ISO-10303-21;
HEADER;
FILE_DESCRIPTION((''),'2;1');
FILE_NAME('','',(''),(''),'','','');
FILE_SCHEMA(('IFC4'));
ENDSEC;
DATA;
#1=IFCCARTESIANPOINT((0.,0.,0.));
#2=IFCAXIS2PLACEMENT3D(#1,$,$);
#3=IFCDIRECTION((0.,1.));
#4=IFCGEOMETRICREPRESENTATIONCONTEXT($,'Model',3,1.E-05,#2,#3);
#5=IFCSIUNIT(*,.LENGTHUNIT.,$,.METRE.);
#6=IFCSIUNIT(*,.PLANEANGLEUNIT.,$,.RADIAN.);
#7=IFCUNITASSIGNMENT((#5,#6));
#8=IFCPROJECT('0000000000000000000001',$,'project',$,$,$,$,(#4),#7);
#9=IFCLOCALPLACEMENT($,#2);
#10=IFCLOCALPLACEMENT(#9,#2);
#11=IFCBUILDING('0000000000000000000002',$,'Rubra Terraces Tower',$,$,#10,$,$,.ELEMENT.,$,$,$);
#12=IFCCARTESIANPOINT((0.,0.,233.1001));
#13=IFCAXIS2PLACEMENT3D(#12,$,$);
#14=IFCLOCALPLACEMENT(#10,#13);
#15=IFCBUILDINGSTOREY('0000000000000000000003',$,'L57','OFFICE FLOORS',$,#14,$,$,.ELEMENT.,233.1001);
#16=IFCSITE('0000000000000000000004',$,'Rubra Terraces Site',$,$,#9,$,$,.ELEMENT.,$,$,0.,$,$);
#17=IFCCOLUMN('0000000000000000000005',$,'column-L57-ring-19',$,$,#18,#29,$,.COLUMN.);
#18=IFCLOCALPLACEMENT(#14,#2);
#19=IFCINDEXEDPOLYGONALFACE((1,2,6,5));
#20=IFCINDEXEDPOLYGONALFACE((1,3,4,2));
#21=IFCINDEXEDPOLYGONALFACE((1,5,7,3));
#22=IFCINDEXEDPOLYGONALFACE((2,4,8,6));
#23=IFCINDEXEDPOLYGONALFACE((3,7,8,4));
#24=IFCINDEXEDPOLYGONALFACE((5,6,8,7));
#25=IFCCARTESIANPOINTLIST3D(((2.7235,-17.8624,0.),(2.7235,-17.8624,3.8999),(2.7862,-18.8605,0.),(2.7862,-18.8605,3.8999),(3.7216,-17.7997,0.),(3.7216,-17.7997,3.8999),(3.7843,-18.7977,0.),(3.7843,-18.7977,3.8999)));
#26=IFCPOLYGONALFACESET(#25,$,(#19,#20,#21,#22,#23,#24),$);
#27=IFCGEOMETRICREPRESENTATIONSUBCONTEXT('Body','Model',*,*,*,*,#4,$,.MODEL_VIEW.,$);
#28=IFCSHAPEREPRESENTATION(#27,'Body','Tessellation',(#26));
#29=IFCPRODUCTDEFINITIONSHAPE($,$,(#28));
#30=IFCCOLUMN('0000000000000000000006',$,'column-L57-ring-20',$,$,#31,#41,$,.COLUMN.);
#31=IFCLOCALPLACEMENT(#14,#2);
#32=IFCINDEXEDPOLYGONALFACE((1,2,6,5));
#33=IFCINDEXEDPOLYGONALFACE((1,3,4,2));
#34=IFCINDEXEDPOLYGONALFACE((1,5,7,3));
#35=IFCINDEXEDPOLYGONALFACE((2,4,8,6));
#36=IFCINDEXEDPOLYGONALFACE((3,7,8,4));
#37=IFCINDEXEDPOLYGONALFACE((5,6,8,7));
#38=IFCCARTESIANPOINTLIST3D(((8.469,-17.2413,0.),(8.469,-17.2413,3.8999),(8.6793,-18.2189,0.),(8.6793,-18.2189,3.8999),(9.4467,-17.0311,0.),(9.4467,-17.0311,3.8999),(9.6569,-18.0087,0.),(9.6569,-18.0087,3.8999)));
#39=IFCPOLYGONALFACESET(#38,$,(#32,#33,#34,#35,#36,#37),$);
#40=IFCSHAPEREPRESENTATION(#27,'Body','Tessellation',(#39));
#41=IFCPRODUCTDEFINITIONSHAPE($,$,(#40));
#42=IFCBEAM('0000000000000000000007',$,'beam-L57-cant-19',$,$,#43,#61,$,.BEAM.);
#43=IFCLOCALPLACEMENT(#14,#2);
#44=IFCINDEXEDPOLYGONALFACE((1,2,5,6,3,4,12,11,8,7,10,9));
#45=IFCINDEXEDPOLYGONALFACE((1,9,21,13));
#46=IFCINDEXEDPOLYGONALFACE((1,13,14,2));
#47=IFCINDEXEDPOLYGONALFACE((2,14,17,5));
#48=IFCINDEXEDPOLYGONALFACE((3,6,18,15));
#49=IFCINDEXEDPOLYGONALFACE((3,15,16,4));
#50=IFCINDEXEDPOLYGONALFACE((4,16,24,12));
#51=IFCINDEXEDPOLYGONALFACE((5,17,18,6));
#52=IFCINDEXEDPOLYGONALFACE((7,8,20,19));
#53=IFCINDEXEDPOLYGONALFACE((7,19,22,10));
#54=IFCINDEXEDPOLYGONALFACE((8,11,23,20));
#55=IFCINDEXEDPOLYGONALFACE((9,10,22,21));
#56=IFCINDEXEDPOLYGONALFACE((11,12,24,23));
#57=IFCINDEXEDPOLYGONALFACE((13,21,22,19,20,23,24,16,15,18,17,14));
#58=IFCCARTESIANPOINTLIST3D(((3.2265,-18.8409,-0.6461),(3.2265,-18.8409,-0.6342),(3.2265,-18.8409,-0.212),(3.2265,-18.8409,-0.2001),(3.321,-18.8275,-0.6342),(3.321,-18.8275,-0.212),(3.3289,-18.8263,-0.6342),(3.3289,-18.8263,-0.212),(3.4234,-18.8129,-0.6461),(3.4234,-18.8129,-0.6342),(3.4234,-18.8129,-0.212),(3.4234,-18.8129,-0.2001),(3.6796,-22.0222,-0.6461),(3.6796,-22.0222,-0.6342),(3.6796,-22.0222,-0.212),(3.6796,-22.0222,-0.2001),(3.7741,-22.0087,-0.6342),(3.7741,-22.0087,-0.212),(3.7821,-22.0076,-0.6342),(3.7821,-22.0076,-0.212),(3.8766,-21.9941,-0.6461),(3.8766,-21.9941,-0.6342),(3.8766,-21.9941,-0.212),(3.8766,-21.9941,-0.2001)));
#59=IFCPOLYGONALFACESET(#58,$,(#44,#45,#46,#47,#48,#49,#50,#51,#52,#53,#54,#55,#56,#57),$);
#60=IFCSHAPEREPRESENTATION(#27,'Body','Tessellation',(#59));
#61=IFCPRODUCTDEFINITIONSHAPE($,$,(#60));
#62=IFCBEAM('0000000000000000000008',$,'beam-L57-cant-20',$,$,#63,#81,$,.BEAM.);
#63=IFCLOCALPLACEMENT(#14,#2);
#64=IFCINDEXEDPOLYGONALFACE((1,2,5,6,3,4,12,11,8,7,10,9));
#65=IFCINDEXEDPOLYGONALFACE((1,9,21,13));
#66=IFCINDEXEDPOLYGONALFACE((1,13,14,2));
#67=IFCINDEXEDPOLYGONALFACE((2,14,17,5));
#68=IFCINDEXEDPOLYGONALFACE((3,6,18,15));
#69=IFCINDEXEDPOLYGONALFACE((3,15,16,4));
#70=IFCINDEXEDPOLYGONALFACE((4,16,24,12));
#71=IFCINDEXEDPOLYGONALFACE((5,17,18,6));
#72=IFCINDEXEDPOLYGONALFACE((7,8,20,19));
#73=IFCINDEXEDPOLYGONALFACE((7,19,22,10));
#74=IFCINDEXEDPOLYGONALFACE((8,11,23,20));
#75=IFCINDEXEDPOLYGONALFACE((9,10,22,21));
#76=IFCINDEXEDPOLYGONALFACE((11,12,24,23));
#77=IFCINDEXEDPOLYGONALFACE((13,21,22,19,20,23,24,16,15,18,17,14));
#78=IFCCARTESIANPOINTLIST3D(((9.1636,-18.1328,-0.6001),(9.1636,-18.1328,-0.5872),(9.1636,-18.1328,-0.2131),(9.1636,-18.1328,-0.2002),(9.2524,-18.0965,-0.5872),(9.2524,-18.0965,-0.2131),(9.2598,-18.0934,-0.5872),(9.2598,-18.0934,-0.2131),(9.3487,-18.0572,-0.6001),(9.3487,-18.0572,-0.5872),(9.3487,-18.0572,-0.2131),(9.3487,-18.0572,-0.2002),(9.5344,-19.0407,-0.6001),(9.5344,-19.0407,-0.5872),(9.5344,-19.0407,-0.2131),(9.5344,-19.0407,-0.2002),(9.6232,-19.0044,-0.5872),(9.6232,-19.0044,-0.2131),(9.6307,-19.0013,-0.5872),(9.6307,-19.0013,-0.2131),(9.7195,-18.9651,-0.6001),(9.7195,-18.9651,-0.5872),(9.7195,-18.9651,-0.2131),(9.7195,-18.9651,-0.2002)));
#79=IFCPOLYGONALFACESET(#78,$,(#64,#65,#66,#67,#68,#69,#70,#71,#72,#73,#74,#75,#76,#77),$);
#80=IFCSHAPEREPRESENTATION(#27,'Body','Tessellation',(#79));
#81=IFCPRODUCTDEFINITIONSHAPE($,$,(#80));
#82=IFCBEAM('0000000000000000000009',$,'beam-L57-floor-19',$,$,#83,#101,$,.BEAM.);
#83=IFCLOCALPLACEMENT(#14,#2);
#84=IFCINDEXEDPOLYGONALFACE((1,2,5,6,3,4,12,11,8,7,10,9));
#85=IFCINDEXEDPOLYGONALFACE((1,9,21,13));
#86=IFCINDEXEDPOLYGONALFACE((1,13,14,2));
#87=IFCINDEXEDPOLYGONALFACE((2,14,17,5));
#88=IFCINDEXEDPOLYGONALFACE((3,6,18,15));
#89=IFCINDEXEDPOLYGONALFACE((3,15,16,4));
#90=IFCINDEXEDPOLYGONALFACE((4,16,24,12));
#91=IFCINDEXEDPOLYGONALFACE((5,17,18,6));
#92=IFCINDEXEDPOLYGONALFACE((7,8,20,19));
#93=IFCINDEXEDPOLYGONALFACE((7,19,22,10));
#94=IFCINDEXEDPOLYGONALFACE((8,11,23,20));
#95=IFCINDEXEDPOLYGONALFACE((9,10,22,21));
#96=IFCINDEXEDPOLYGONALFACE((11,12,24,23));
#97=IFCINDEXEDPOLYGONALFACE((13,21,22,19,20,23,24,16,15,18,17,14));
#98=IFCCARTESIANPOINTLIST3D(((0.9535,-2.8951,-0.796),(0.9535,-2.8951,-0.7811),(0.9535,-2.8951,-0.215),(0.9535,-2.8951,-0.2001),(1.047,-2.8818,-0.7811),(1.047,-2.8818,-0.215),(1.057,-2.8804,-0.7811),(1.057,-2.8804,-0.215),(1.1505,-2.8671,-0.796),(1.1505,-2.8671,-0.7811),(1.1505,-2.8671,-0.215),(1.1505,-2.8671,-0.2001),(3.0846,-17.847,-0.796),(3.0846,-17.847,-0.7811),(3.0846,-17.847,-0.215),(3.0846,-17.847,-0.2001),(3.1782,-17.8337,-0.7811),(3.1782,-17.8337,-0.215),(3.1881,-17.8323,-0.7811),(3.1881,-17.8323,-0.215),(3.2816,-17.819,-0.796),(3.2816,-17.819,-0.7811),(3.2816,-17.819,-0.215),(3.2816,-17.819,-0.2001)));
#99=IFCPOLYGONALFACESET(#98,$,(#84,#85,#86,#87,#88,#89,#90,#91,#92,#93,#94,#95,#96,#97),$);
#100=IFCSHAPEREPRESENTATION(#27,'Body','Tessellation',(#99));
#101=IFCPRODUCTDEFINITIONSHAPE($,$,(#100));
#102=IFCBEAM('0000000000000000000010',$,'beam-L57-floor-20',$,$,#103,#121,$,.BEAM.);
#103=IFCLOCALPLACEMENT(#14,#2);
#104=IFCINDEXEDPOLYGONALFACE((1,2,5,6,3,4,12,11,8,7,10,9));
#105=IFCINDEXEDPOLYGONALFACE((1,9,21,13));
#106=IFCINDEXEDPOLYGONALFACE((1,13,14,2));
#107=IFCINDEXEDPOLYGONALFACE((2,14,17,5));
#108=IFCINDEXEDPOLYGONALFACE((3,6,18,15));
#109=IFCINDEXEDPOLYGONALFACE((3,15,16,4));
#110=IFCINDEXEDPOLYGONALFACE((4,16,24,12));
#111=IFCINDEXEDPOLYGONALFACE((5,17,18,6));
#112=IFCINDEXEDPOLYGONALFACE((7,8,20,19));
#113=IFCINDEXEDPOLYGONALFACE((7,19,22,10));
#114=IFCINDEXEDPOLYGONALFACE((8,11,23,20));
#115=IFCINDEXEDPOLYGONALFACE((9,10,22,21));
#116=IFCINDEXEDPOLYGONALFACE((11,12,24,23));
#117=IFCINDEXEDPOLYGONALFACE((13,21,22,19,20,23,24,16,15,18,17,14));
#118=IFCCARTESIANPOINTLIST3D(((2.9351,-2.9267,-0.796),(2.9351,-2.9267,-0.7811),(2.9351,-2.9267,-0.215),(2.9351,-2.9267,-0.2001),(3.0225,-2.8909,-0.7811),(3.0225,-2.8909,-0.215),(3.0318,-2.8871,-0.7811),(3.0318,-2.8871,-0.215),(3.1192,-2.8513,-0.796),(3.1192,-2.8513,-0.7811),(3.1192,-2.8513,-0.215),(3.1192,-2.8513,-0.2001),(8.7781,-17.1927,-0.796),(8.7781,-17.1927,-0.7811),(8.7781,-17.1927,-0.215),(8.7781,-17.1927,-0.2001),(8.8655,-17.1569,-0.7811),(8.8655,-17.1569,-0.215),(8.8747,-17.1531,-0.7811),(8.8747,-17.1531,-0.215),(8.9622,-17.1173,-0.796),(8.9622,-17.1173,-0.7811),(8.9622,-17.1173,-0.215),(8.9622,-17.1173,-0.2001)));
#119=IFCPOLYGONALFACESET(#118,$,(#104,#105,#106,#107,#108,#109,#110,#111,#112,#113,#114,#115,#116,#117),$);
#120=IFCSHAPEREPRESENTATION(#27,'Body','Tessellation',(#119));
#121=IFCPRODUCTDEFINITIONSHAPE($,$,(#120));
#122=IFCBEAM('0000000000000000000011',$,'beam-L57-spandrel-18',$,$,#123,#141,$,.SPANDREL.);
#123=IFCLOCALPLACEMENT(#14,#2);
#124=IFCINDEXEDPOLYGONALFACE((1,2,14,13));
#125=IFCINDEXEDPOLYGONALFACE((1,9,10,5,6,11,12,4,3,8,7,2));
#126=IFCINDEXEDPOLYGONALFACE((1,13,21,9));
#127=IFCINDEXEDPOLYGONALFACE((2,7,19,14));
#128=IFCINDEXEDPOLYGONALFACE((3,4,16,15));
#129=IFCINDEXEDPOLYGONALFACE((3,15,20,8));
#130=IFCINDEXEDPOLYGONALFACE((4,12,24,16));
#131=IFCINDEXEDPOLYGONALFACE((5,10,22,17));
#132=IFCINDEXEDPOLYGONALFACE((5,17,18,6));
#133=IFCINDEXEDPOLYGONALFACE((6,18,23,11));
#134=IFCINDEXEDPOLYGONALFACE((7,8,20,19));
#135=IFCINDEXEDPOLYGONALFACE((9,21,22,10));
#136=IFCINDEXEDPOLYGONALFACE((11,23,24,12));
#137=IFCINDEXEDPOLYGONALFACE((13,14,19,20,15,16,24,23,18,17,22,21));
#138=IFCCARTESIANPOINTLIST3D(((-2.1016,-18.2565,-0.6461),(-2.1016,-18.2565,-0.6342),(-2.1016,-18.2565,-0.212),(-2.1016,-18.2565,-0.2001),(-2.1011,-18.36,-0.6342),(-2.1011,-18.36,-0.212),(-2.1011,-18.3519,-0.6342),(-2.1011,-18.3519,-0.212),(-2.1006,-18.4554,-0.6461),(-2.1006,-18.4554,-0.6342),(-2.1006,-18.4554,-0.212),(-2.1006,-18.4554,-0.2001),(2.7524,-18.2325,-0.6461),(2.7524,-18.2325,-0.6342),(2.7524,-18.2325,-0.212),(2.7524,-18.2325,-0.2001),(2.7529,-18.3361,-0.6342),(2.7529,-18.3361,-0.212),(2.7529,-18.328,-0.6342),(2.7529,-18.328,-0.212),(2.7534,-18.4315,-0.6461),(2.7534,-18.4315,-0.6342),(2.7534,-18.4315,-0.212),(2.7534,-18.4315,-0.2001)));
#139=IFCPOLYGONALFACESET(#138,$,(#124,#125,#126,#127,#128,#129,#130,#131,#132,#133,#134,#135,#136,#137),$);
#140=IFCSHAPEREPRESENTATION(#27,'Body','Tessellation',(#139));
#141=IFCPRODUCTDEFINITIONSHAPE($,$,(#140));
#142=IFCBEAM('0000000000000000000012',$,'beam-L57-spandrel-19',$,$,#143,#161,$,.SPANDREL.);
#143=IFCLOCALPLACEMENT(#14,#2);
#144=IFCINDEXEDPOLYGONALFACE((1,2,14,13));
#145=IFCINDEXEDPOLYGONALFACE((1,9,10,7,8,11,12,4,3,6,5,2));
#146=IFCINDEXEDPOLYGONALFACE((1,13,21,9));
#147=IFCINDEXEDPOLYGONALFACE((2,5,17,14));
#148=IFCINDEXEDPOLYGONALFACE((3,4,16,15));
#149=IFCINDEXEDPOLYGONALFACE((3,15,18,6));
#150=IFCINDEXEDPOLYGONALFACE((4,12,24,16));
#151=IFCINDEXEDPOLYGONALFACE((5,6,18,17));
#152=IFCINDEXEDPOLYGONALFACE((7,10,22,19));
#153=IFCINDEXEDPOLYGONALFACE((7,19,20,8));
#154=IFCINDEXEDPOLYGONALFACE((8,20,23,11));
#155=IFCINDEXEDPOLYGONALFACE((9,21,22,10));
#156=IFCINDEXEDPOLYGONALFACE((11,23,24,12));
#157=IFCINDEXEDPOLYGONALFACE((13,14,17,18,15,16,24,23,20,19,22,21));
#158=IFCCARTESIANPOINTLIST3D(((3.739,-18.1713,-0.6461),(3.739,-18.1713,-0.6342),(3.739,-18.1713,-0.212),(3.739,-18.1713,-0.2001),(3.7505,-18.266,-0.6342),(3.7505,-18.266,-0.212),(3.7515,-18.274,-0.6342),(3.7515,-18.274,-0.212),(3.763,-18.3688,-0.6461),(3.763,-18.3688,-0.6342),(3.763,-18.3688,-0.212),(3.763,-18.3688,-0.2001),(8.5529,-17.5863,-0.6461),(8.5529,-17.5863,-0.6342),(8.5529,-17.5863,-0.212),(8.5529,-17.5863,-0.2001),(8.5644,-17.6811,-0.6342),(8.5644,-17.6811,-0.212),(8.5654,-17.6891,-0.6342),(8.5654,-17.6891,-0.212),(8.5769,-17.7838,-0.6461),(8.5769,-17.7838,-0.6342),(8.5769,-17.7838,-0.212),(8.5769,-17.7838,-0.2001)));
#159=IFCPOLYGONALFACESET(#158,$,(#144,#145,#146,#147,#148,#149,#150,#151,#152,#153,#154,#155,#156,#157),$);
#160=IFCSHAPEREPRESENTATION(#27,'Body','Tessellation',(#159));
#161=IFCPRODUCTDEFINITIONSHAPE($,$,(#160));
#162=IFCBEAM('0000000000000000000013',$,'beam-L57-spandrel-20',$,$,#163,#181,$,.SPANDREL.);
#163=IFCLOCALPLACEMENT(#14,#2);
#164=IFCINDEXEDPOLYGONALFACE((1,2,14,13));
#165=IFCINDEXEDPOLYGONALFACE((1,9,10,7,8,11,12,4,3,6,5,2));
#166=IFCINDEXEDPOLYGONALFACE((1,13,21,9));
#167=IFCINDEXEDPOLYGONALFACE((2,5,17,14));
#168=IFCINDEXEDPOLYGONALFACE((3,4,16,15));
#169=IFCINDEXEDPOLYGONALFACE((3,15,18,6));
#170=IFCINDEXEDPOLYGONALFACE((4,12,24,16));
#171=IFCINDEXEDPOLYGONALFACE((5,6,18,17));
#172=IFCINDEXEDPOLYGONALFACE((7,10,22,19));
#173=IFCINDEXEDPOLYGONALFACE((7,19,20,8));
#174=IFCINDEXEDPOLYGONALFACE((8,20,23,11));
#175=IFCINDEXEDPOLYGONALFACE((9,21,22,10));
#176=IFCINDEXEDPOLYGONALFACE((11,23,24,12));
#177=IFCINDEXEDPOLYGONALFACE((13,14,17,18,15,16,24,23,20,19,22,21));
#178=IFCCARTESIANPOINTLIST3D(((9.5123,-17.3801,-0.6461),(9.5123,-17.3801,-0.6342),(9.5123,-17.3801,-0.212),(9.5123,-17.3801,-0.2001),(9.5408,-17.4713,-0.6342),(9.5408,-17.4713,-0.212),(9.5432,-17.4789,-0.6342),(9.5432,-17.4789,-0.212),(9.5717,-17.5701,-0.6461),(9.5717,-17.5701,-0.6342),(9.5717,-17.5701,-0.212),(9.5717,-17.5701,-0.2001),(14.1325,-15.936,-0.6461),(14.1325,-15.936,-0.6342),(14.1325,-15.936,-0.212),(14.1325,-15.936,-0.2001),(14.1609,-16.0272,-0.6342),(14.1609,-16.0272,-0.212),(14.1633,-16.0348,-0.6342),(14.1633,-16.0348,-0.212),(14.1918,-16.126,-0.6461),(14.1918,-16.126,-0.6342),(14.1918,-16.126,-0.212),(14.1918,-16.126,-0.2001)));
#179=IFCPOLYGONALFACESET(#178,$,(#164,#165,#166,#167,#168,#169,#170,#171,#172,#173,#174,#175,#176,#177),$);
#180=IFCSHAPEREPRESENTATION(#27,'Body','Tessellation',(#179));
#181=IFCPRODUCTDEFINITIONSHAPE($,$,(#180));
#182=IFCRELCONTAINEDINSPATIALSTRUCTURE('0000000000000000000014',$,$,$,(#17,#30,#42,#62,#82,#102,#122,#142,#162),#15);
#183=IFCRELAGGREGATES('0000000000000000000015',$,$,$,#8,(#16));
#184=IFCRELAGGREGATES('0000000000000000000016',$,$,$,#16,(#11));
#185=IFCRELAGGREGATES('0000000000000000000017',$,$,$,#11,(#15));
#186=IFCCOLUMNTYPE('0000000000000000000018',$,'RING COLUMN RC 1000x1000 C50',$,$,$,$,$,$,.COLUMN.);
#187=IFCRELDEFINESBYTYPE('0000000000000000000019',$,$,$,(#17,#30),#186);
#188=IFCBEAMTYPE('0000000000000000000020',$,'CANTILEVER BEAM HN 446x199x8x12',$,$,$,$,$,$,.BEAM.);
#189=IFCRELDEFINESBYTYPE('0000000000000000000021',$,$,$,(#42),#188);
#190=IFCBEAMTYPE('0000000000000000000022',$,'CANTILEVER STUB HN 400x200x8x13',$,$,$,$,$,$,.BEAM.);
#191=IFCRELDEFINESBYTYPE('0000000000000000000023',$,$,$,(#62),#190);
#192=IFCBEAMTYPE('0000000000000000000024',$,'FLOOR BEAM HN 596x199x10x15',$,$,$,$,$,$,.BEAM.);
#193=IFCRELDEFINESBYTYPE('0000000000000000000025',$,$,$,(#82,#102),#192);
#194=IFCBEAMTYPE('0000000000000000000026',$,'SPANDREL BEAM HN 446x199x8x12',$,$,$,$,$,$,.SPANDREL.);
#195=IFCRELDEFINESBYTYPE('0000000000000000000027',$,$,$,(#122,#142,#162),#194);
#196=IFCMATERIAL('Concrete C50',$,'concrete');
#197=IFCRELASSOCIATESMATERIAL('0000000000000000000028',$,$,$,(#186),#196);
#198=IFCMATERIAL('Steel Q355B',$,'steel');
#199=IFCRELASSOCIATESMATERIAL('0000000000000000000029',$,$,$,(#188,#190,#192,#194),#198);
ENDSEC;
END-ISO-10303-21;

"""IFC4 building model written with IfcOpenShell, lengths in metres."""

from ifc_helpers import new_model, si_unit, direction, frame, origin, origin_2d, place, context, subcontext, project, spatial, rectangle, i_section, extrude, material, material_profile, profile_set, type_object, element, save


model = new_model("IFC4")

# Units and contexts
model_context = context("Model", 3, precision=1e-05, world=origin(), true_north=direction((0.0, 1.0)))
body_context = subcontext(model_context, "Body", "Model", "MODEL_VIEW")
ifc_project = project(units=[si_unit("LENGTHUNIT", "METRE"), si_unit("PLANEANGLEUNIT", "RADIAN")], contexts=[model_context])

# Site, building, storey
site_placement = place(None, origin())
site = spatial("IfcSite", under=ifc_project, at=site_placement, Name="Rubra Terraces Site", CompositionType="ELEMENT", RefElevation=0.0)
building_placement = place(site_placement, origin())
building = spatial("IfcBuilding", under=site, at=building_placement, Name="Rubra Terraces Tower", CompositionType="ELEMENT")
storey_placement = place(building_placement, frame((0.0, 0.0, 233.1001)))
storey = spatial("IfcBuildingStorey", under=building, at=storey_placement, Name="L57", Description="OFFICE FLOORS", CompositionType="ELEMENT", Elevation=233.1001)

# Columns
ifc_material_1 = material(Name="Concrete C50", Category="concrete")
ifc_material_profile_1 = material_profile(ifc_material_1, rectangle(XDim=1.0, YDim=1.0, at=origin_2d()), Name="RC 1000x1000")
ifc_profile_set_1 = profile_set([ifc_material_profile_1], Name="Concrete C50")
column_type = type_object("IfcColumnType", Name="RING COLUMN RC 1000x1000 C50", PredefinedType="COLUMN", material=ifc_profile_set_1)
for number, where, z_axis, x_axis, name in (
    (1, (3.2539, -18.3301, 0.0), (0.0, 0.0, 1.0), (0.998032, 0.062714, 0.0), "column-L57-ring-19"),
    (2, (9.063, -17.625, 0.0), (0.0, 0.0, 1.0), (0.977653, 0.210227, 0.0), "column-L57-ring-20"),
):
    element("IfcColumn", number, at=place(storey_placement, frame(where, z_axis=z_axis, x_axis=x_axis)), inside=storey, type_object=column_type, Name=name, PredefinedType="COLUMN", context=body_context, shape_type="SweptSolid", body=[
        extrude(rectangle(XDim=1.0, YDim=1.0, at=origin_2d()), origin(), (0.0, 0.0, 1.0), 3.8999),
    ])

# Beams
ifc_material_2 = material(Name="Steel Q355B", Category="steel")
ifc_material_profile_2 = material_profile(ifc_material_2, i_section(OverallWidth=0.199, OverallDepth=0.446, WebThickness=0.0081, FlangeThickness=0.012, at=origin_2d()), Name="HN 446x199x8x12")
ifc_profile_set_2 = profile_set([ifc_material_profile_2], Name="Steel Q355B")
beam_type_1 = type_object("IfcBeamType", Name="CANTILEVER BEAM HN 446x199x8x12", PredefinedType="BEAM", material=ifc_profile_set_2)
beam_1_placement = place(storey_placement, frame((3.325, -18.8269, -0.4231), z_axis=(0.141017, -0.990007, 0.0), x_axis=(0.990007, 0.141017, 0.0)))
element("IfcBeam", 3, at=beam_1_placement, inside=storey, type_object=beam_type_1, Name="beam-L57-cant-19", PredefinedType="BEAM", context=body_context, shape_type="SweptSolid", body=[
    extrude(i_section(OverallWidth=0.199, OverallDepth=0.446, WebThickness=0.0081, FlangeThickness=0.012, at=origin_2d()), origin(), (0.0, 0.0, 1.0), 3.2134),
])
ifc_material_profile_3 = material_profile(ifc_material_2, i_section(OverallWidth=0.2, OverallDepth=0.3999, WebThickness=0.0081, FlangeThickness=0.0129, at=origin_2d()), Name="HN 400x200x8x13")
ifc_profile_set_3 = profile_set([ifc_material_profile_3], Name="Steel Q355B")
beam_type_2 = type_object("IfcBeamType", Name="CANTILEVER STUB HN 400x200x8x13", PredefinedType="BEAM", material=ifc_profile_set_3)
beam_2_placement = place(storey_placement, frame((9.2561, -18.095, -0.4001), z_axis=(0.378119, -0.925757, 0.0), x_axis=(0.925757, 0.378119, 0.0)))
element("IfcBeam", 4, at=beam_2_placement, inside=storey, type_object=beam_type_2, Name="beam-L57-cant-20", PredefinedType="BEAM", context=body_context, shape_type="SweptSolid", body=[
    extrude(i_section(OverallWidth=0.2, OverallDepth=0.3999, WebThickness=0.0081, FlangeThickness=0.0129, at=origin_2d()), origin(), (0.0, 0.0, 1.0), 0.9807),
])
ifc_material_profile_4 = material_profile(ifc_material_2, i_section(OverallWidth=0.199, OverallDepth=0.5959, WebThickness=0.01, FlangeThickness=0.0149, at=origin_2d()), Name="HN 596x199x10x15")
ifc_profile_set_4 = profile_set([ifc_material_profile_4], Name="Steel Q355B")
beam_type_3 = type_object("IfcBeamType", Name="FLOOR BEAM HN 596x199x10x15", PredefinedType="BEAM", material=ifc_profile_set_4)
beam_3_placement = place(storey_placement, frame((3.1831, -17.833, -0.498), z_axis=(-0.141105, 0.989995, 0.0), x_axis=(-0.989995, -0.141105, 0.0)))
element("IfcBeam", 5, at=beam_3_placement, inside=storey, type_object=beam_type_3, Name="beam-L57-floor-19", PredefinedType="BEAM", context=body_context, shape_type="SweptSolid", body=[
    extrude(i_section(OverallWidth=0.199, OverallDepth=0.5959, WebThickness=0.01, FlangeThickness=0.0149, at=origin_2d()), origin(), (0.0, 0.0, 1.0), 15.103),
])
beam_4_placement = place(storey_placement, frame((8.8701, -17.155, -0.498), z_axis=(-0.379015, 0.92539, 0.0), x_axis=(-0.92539, -0.379015, 0.0)))
element("IfcBeam", 6, at=beam_4_placement, inside=storey, type_object=beam_type_3, Name="beam-L57-floor-20", PredefinedType="BEAM", context=body_context, shape_type="SweptSolid", body=[
    extrude(i_section(OverallWidth=0.199, OverallDepth=0.5959, WebThickness=0.01, FlangeThickness=0.0149, at=origin_2d()), origin(), (0.0, 0.0, 1.0), 15.4163),
])
ifc_material_profile_5 = material_profile(ifc_material_2, i_section(OverallWidth=0.199, OverallDepth=0.446, WebThickness=0.0081, FlangeThickness=0.012, at=origin_2d()), Name="HN 446x199x8x12")
ifc_profile_set_5 = profile_set([ifc_material_profile_5], Name="Steel Q355B")
beam_type_4 = type_object("IfcBeamType", Name="SPANDREL BEAM HN 446x199x8x12", PredefinedType="SPANDREL", material=ifc_profile_set_5)
beam_5_placement = place(storey_placement, frame((-2.1011, -18.356, -0.4231), z_axis=(0.999988, 0.004929, 0.0), x_axis=(-0.004929, 0.999988, 0.0)))
element("IfcBeam", 7, at=beam_5_placement, inside=storey, type_object=beam_type_4, Name="beam-L57-spandrel-18", PredefinedType="SPANDREL", context=body_context, shape_type="SweptSolid", body=[
    extrude(i_section(OverallWidth=0.199, OverallDepth=0.446, WebThickness=0.0081, FlangeThickness=0.012, at=origin_2d()), origin(), (0.0, 0.0, 1.0), 4.854),
])
beam_6_placement = place(storey_placement, frame((3.751, -18.27, -0.4231), z_axis=(0.992698, 0.120626, 0.0), x_axis=(-0.120626, 0.992698, 0.0)))
element("IfcBeam", 8, at=beam_6_placement, inside=storey, type_object=beam_type_4, Name="beam-L57-spandrel-19", PredefinedType="SPANDREL", context=body_context, shape_type="SweptSolid", body=[
    extrude(i_section(OverallWidth=0.199, OverallDepth=0.446, WebThickness=0.0081, FlangeThickness=0.012, at=origin_2d()), origin(), (0.0, 0.0, 1.0), 4.8494),
])
beam_7_placement = place(storey_placement, frame((9.542, -17.4751, -0.4231), z_axis=(0.954462, 0.298332, 0.0), x_axis=(-0.298332, 0.954462, 0.0)))
element("IfcBeam", 9, at=beam_7_placement, inside=storey, type_object=beam_type_4, Name="beam-L57-spandrel-20", PredefinedType="SPANDREL", context=body_context, shape_type="SweptSolid", body=[
    extrude(i_section(OverallWidth=0.199, OverallDepth=0.446, WebThickness=0.0081, FlangeThickness=0.012, at=origin_2d()), origin(), (0.0, 0.0, 1.0), 4.8406),
])

save(model, "model.ifc")
